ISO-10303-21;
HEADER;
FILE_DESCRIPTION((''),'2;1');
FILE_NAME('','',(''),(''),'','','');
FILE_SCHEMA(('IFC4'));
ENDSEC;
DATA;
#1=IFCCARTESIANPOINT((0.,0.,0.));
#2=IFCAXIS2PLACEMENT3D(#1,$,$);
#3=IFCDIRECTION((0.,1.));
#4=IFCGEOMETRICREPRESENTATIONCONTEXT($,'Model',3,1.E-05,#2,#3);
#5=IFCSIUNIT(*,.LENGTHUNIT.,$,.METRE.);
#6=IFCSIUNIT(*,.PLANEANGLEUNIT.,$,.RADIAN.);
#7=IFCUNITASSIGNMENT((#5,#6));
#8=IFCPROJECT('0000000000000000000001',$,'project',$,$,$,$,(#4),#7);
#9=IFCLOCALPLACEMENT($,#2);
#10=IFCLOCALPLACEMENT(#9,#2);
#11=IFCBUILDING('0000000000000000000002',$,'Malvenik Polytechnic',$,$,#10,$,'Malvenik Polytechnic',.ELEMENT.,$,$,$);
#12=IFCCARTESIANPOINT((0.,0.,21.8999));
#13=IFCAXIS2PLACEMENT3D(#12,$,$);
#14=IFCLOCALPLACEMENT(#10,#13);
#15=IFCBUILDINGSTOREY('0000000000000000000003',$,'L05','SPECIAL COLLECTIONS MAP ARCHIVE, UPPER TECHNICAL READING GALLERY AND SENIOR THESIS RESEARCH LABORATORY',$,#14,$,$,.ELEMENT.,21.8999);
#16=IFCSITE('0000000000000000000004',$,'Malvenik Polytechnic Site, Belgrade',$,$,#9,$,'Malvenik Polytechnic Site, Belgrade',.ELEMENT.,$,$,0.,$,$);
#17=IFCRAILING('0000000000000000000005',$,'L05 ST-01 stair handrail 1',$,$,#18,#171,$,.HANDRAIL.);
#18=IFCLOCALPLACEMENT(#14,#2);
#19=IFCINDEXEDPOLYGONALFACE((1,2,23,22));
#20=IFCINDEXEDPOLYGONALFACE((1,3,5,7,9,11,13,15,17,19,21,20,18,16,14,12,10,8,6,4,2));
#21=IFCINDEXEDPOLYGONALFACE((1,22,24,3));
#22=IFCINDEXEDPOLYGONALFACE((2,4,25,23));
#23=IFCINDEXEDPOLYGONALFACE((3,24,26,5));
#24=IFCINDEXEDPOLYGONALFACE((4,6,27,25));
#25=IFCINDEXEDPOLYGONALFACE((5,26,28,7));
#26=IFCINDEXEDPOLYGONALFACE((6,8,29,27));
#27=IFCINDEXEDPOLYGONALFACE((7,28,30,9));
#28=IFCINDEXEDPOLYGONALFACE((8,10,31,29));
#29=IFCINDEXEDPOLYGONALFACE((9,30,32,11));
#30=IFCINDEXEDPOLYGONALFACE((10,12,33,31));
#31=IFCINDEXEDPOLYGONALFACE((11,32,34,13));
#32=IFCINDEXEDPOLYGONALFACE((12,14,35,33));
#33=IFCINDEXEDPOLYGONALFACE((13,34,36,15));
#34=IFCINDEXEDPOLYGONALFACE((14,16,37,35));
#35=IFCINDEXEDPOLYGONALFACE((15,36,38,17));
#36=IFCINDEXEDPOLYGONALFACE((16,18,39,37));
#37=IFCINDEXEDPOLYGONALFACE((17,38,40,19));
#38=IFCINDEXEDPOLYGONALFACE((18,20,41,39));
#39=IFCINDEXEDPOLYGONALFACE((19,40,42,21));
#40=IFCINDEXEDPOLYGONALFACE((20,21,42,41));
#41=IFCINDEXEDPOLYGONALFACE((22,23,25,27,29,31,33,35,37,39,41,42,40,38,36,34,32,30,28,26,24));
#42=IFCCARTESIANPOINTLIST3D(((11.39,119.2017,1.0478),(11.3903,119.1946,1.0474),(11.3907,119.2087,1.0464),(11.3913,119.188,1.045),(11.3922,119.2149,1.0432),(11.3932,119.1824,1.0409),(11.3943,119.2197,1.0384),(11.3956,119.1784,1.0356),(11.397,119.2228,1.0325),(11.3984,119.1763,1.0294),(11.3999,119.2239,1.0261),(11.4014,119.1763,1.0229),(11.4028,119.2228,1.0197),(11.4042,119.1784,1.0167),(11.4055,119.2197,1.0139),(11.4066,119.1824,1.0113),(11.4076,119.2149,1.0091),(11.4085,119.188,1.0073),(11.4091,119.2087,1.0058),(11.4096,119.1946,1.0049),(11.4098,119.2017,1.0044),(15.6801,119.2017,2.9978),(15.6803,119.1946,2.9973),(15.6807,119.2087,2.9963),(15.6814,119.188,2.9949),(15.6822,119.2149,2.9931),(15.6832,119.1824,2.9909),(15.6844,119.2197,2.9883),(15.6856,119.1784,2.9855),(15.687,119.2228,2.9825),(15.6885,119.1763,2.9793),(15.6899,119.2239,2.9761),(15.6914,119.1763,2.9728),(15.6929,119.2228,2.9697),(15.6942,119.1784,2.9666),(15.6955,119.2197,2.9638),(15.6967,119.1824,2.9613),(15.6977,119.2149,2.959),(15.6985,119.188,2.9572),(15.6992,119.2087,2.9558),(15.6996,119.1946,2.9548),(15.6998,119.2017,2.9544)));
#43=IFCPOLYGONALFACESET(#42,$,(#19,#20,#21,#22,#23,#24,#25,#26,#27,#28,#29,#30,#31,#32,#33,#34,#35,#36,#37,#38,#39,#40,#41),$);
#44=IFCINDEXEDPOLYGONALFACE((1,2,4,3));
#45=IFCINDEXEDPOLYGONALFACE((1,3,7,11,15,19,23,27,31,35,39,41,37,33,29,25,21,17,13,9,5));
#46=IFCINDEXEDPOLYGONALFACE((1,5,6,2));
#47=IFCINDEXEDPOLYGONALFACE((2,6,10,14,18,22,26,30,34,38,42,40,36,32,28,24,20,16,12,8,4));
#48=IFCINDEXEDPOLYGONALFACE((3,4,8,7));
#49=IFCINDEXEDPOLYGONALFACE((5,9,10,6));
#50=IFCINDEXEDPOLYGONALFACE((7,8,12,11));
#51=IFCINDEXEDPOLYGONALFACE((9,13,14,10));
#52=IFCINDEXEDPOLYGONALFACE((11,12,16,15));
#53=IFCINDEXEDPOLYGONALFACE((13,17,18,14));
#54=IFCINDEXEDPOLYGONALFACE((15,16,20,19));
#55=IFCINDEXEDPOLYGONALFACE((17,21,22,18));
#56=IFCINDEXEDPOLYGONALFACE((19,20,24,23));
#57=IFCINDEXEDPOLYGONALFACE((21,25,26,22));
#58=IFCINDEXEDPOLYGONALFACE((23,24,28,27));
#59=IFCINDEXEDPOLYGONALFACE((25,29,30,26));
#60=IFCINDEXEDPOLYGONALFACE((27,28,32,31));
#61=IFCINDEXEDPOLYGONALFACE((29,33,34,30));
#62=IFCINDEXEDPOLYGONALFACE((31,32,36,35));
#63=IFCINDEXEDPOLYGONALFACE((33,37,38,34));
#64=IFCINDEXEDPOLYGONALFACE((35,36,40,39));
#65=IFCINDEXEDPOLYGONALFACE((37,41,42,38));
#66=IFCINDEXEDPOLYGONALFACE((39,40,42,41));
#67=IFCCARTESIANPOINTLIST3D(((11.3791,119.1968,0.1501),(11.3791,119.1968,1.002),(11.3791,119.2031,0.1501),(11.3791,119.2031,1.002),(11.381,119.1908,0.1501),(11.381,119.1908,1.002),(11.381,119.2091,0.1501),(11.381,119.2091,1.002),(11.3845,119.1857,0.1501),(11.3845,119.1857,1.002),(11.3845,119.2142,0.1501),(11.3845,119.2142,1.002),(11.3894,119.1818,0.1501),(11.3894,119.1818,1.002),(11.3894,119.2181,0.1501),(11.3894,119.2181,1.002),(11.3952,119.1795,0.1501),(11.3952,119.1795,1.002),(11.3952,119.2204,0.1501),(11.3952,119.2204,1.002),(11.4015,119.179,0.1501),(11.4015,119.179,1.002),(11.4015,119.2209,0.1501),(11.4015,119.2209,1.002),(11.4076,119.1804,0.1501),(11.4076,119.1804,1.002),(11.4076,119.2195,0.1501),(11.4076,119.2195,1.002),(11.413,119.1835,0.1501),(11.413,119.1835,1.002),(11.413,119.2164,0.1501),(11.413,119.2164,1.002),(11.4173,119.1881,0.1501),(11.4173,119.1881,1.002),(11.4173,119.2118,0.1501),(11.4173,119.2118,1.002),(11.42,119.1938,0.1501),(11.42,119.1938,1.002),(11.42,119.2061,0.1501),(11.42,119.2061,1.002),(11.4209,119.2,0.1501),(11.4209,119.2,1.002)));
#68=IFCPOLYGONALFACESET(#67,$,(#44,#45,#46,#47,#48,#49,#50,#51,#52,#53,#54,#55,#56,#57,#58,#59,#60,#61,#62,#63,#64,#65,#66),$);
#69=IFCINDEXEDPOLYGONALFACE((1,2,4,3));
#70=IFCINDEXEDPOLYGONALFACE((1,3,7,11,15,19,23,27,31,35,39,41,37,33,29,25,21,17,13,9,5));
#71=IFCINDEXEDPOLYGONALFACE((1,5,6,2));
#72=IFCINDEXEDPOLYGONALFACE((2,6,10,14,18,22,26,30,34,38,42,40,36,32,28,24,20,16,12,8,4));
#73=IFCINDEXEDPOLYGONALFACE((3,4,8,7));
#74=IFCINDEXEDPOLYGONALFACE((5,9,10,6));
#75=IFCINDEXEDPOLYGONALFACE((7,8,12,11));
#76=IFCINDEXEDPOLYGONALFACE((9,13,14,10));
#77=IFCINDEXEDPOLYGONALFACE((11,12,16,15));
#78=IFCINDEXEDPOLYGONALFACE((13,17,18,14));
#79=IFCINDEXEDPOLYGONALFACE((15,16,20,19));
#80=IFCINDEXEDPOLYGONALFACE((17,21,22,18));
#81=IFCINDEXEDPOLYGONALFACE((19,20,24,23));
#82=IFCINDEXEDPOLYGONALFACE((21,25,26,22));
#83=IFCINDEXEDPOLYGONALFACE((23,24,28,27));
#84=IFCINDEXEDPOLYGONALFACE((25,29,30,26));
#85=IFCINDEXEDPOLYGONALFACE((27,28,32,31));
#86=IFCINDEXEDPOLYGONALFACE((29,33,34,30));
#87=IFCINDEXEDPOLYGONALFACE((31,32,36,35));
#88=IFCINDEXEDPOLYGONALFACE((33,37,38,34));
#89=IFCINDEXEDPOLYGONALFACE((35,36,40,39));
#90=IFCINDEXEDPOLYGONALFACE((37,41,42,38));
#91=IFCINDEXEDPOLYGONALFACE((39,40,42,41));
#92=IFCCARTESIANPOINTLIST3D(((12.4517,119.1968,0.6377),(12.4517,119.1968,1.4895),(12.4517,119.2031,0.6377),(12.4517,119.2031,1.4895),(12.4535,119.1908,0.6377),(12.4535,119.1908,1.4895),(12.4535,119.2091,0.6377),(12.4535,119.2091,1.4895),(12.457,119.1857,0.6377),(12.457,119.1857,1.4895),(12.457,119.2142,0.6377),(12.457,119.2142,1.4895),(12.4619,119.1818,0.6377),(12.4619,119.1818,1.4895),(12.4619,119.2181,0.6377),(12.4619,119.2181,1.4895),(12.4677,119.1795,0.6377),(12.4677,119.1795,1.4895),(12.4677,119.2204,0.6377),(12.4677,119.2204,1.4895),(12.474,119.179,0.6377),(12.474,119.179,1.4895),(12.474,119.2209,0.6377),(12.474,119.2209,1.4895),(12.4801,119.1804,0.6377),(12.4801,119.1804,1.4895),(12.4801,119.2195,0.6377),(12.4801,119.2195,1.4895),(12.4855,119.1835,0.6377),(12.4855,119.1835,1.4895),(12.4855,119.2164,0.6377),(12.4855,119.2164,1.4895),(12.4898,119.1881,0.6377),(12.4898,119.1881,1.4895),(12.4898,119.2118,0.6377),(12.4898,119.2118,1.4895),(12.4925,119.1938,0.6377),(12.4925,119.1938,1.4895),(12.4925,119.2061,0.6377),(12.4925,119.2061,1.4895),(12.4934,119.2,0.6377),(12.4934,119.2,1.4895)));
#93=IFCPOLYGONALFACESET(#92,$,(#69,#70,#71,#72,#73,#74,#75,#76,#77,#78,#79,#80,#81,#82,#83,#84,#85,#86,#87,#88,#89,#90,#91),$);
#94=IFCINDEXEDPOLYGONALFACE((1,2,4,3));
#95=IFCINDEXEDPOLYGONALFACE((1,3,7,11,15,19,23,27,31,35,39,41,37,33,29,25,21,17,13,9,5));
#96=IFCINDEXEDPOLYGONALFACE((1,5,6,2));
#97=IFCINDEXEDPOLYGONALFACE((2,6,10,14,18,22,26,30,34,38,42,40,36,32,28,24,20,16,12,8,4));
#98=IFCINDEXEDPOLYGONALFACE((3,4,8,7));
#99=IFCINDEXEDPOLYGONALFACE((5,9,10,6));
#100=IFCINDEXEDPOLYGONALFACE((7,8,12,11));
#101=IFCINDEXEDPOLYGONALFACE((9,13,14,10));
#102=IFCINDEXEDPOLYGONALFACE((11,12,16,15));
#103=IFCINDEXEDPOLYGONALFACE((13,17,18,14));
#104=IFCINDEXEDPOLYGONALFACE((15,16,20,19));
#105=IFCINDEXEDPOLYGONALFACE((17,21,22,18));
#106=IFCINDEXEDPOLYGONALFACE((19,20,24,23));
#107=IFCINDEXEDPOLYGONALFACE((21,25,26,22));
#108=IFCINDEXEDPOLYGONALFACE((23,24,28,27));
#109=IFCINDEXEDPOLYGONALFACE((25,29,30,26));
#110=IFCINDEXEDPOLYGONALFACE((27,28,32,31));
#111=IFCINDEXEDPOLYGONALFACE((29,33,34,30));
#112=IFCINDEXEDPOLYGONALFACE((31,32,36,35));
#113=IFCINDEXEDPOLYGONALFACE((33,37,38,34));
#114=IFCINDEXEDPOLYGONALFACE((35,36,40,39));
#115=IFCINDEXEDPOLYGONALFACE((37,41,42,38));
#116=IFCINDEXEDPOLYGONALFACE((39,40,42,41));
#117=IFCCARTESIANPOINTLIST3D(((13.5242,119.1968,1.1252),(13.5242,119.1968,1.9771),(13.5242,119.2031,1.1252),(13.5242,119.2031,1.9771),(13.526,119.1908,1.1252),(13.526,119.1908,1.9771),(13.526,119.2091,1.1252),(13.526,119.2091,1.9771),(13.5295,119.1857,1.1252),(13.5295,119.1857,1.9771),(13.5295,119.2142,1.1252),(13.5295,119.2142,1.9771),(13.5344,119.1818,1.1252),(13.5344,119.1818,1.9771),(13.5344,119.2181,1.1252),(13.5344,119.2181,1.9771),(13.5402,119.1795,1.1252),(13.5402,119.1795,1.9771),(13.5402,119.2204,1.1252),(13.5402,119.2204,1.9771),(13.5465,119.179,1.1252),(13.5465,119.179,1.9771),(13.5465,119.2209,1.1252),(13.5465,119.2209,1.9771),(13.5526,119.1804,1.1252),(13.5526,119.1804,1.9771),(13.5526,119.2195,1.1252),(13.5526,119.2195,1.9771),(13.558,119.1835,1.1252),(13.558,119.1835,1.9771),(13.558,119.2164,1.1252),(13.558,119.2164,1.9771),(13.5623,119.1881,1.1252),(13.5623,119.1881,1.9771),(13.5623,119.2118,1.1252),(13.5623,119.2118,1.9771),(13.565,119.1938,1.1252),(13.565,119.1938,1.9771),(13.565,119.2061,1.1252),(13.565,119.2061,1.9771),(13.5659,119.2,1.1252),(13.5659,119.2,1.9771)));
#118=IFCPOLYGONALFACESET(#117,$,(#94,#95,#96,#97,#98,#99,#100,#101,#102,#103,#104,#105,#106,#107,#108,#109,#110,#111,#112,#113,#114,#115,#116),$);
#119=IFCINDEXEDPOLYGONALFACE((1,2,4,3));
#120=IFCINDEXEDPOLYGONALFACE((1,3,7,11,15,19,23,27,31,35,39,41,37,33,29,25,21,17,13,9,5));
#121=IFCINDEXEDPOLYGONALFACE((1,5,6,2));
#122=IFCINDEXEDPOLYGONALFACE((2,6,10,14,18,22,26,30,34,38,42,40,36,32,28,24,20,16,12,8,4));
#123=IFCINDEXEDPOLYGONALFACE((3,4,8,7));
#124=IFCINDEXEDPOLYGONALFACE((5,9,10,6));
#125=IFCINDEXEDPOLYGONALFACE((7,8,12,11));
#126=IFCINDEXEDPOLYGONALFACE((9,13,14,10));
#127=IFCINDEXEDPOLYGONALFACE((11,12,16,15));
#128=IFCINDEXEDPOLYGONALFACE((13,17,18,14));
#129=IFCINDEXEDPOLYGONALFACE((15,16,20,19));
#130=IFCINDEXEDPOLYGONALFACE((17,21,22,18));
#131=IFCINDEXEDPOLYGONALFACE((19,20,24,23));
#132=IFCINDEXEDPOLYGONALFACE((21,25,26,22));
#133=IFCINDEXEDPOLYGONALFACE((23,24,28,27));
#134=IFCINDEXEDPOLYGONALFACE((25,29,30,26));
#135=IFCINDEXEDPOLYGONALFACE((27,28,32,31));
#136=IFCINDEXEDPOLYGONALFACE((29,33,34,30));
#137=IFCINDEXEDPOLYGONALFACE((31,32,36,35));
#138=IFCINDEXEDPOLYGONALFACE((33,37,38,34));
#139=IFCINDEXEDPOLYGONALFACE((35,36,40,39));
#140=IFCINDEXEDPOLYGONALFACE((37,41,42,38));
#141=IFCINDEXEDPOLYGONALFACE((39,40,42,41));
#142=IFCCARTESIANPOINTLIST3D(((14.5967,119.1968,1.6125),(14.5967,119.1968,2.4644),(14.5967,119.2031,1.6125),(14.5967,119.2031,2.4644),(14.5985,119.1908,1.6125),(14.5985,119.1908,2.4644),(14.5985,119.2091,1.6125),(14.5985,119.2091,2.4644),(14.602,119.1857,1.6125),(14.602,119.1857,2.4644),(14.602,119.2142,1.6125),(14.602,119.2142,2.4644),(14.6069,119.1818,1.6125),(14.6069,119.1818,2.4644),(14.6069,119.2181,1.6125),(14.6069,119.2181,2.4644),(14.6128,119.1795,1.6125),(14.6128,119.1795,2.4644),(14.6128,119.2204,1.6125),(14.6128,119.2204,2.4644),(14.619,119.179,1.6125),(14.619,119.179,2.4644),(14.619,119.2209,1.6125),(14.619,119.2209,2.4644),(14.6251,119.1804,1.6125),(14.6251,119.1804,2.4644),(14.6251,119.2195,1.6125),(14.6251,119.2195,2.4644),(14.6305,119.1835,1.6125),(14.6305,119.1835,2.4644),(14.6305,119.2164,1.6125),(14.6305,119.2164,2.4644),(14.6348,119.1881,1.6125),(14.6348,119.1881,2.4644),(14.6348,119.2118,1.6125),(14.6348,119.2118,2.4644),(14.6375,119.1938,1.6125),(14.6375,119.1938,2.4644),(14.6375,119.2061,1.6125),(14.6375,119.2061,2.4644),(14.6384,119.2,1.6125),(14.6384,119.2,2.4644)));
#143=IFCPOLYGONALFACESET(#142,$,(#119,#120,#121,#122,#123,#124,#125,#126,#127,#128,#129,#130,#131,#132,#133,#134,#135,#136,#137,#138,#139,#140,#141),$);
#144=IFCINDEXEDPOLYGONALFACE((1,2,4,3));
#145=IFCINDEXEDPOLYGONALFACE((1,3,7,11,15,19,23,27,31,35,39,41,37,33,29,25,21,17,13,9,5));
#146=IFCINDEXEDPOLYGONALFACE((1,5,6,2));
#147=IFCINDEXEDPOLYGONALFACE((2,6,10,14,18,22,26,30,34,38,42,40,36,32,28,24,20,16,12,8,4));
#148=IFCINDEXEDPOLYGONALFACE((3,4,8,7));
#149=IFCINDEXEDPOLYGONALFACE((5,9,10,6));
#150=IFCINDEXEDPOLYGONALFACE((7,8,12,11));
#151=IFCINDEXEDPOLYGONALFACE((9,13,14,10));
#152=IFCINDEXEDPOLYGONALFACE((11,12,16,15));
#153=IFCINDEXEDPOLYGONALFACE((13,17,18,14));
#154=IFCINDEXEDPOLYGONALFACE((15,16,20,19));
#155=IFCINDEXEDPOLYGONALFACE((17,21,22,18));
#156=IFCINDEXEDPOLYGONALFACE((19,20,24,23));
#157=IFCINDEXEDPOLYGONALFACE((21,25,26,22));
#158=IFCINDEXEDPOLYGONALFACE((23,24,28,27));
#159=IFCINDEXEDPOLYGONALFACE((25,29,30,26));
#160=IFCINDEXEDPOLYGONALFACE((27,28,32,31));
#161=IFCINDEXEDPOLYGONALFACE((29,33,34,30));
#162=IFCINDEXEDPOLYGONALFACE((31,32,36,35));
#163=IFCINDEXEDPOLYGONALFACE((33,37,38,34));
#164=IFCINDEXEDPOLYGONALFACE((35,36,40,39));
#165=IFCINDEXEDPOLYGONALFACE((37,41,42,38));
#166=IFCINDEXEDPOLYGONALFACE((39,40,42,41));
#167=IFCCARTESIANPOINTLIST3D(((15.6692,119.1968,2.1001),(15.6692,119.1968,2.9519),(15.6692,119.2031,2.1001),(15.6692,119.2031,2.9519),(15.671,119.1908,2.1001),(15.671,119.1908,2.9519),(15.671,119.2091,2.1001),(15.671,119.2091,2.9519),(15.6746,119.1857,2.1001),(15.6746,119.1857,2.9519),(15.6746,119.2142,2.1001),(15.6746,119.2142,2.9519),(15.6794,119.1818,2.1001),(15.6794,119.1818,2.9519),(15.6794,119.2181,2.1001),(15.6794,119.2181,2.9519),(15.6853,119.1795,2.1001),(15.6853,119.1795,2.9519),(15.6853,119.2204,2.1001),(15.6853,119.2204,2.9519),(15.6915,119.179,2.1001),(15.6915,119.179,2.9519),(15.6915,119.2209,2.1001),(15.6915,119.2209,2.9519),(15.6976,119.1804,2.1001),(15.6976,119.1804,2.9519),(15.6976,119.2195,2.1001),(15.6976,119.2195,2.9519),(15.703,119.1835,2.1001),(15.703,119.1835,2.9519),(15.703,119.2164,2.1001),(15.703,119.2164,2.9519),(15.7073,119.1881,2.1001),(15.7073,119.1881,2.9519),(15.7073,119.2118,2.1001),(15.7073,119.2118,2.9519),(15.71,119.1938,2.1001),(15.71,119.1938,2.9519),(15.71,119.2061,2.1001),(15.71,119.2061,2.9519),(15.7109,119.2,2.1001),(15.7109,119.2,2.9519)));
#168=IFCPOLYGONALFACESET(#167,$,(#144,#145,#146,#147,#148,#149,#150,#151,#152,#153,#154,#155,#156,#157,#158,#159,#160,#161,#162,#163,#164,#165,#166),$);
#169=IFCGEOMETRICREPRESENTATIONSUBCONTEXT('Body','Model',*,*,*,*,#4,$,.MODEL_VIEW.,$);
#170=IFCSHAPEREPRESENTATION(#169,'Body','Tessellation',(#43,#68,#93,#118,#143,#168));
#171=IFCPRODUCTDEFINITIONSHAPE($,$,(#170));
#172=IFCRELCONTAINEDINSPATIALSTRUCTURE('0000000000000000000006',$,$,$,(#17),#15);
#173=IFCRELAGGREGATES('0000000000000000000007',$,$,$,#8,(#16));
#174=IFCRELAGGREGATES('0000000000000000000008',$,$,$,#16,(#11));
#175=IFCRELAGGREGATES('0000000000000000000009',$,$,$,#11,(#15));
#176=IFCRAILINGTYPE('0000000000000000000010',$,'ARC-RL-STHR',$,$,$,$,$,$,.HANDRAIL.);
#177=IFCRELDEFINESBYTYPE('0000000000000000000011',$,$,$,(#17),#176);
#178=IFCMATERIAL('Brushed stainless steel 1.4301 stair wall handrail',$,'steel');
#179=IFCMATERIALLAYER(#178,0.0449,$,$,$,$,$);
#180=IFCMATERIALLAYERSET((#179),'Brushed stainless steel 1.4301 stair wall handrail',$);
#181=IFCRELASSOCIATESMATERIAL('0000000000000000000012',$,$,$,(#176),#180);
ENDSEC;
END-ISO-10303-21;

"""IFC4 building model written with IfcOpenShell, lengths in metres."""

from ifc_helpers import new_model, si_unit, direction, frame, origin, origin_2d, place, context, subcontext, project, spatial, circle, extrude, material, layer, layer_set, type_object, element, save


model = new_model("IFC4")

# Units and contexts
model_context = context("Model", 3, precision=1e-05, world=origin(), true_north=direction((0.0, 1.0)))
body_context = subcontext(model_context, "Body", "Model", "MODEL_VIEW")
ifc_project = project(units=[si_unit("LENGTHUNIT", "METRE"), si_unit("PLANEANGLEUNIT", "RADIAN")], contexts=[model_context])

# Site, building, storey
site_placement = place(None, origin())
site = spatial("IfcSite", under=ifc_project, at=site_placement, Name="Malvenik Polytechnic Site, Belgrade", LongName="Malvenik Polytechnic Site, Belgrade", CompositionType="ELEMENT", RefElevation=0.0)
building_placement = place(site_placement, origin())
building = spatial("IfcBuilding", under=site, at=building_placement, Name="Malvenik Polytechnic", LongName="Malvenik Polytechnic", CompositionType="ELEMENT")
storey_placement = place(building_placement, frame((0.0, 0.0, 21.8999)))
storey = spatial("IfcBuildingStorey", under=building, at=storey_placement, Name="L05", Description="SPECIAL COLLECTIONS MAP ARCHIVE, UPPER TECHNICAL READING GALLERY AND SENIOR THESIS RESEARCH LABORATORY", CompositionType="ELEMENT", Elevation=21.8999)

# Railing
ifc_material_1 = material(Name="Brushed stainless steel 1.4301 stair wall handrail", Category="steel")
ifc_layer_1 = layer(ifc_material_1, 0.0449)
ifc_layer_set_1 = layer_set([ifc_layer_1], Name="Brushed stainless steel 1.4301 stair wall handrail")
railing_type_1 = type_object("IfcRailingType", Name="ARC-RL-STHR", PredefinedType="HANDRAIL", material=ifc_layer_set_1)
railing_1_placement = place(storey_placement, frame((11.3999, 119.2, 0.1501)))
element("IfcRailing", 1, at=railing_1_placement, inside=storey, type_object=railing_type_1, Name="L05 ST-01 stair handrail 1", PredefinedType="HANDRAIL", context=body_context, shape_type="SweptSolid", body=[
    extrude(circle(Radius=0.0239, at=origin_2d()), frame((0.0, 0.0, 0.876), z_axis=(0.910372, 0.0, 0.413791), x_axis=(0.0, 1.0, 0.0)), (0.0, 0.0, 1.0), 4.7124),
    extrude(circle(Radius=0.021, at=origin_2d()), origin(), (0.0, 0.0, 1.0), 0.8518),
    extrude(circle(Radius=0.021, at=origin_2d()), frame((1.0725, 0.0, 0.4875)), (0.0, 0.0, 1.0), 0.8518),
    extrude(circle(Radius=0.021, at=origin_2d()), frame((2.145, 0.0, 0.9751)), (0.0, 0.0, 1.0), 0.8518),
    extrude(circle(Radius=0.021, at=origin_2d()), frame((3.2175, 0.0, 1.4624)), (0.0, 0.0, 1.0), 0.8518),
    extrude(circle(Radius=0.021, at=origin_2d()), frame((4.29, 0.0, 1.95)), (0.0, 0.0, 1.0), 0.8518),
])

save(model, "model.ifc")
